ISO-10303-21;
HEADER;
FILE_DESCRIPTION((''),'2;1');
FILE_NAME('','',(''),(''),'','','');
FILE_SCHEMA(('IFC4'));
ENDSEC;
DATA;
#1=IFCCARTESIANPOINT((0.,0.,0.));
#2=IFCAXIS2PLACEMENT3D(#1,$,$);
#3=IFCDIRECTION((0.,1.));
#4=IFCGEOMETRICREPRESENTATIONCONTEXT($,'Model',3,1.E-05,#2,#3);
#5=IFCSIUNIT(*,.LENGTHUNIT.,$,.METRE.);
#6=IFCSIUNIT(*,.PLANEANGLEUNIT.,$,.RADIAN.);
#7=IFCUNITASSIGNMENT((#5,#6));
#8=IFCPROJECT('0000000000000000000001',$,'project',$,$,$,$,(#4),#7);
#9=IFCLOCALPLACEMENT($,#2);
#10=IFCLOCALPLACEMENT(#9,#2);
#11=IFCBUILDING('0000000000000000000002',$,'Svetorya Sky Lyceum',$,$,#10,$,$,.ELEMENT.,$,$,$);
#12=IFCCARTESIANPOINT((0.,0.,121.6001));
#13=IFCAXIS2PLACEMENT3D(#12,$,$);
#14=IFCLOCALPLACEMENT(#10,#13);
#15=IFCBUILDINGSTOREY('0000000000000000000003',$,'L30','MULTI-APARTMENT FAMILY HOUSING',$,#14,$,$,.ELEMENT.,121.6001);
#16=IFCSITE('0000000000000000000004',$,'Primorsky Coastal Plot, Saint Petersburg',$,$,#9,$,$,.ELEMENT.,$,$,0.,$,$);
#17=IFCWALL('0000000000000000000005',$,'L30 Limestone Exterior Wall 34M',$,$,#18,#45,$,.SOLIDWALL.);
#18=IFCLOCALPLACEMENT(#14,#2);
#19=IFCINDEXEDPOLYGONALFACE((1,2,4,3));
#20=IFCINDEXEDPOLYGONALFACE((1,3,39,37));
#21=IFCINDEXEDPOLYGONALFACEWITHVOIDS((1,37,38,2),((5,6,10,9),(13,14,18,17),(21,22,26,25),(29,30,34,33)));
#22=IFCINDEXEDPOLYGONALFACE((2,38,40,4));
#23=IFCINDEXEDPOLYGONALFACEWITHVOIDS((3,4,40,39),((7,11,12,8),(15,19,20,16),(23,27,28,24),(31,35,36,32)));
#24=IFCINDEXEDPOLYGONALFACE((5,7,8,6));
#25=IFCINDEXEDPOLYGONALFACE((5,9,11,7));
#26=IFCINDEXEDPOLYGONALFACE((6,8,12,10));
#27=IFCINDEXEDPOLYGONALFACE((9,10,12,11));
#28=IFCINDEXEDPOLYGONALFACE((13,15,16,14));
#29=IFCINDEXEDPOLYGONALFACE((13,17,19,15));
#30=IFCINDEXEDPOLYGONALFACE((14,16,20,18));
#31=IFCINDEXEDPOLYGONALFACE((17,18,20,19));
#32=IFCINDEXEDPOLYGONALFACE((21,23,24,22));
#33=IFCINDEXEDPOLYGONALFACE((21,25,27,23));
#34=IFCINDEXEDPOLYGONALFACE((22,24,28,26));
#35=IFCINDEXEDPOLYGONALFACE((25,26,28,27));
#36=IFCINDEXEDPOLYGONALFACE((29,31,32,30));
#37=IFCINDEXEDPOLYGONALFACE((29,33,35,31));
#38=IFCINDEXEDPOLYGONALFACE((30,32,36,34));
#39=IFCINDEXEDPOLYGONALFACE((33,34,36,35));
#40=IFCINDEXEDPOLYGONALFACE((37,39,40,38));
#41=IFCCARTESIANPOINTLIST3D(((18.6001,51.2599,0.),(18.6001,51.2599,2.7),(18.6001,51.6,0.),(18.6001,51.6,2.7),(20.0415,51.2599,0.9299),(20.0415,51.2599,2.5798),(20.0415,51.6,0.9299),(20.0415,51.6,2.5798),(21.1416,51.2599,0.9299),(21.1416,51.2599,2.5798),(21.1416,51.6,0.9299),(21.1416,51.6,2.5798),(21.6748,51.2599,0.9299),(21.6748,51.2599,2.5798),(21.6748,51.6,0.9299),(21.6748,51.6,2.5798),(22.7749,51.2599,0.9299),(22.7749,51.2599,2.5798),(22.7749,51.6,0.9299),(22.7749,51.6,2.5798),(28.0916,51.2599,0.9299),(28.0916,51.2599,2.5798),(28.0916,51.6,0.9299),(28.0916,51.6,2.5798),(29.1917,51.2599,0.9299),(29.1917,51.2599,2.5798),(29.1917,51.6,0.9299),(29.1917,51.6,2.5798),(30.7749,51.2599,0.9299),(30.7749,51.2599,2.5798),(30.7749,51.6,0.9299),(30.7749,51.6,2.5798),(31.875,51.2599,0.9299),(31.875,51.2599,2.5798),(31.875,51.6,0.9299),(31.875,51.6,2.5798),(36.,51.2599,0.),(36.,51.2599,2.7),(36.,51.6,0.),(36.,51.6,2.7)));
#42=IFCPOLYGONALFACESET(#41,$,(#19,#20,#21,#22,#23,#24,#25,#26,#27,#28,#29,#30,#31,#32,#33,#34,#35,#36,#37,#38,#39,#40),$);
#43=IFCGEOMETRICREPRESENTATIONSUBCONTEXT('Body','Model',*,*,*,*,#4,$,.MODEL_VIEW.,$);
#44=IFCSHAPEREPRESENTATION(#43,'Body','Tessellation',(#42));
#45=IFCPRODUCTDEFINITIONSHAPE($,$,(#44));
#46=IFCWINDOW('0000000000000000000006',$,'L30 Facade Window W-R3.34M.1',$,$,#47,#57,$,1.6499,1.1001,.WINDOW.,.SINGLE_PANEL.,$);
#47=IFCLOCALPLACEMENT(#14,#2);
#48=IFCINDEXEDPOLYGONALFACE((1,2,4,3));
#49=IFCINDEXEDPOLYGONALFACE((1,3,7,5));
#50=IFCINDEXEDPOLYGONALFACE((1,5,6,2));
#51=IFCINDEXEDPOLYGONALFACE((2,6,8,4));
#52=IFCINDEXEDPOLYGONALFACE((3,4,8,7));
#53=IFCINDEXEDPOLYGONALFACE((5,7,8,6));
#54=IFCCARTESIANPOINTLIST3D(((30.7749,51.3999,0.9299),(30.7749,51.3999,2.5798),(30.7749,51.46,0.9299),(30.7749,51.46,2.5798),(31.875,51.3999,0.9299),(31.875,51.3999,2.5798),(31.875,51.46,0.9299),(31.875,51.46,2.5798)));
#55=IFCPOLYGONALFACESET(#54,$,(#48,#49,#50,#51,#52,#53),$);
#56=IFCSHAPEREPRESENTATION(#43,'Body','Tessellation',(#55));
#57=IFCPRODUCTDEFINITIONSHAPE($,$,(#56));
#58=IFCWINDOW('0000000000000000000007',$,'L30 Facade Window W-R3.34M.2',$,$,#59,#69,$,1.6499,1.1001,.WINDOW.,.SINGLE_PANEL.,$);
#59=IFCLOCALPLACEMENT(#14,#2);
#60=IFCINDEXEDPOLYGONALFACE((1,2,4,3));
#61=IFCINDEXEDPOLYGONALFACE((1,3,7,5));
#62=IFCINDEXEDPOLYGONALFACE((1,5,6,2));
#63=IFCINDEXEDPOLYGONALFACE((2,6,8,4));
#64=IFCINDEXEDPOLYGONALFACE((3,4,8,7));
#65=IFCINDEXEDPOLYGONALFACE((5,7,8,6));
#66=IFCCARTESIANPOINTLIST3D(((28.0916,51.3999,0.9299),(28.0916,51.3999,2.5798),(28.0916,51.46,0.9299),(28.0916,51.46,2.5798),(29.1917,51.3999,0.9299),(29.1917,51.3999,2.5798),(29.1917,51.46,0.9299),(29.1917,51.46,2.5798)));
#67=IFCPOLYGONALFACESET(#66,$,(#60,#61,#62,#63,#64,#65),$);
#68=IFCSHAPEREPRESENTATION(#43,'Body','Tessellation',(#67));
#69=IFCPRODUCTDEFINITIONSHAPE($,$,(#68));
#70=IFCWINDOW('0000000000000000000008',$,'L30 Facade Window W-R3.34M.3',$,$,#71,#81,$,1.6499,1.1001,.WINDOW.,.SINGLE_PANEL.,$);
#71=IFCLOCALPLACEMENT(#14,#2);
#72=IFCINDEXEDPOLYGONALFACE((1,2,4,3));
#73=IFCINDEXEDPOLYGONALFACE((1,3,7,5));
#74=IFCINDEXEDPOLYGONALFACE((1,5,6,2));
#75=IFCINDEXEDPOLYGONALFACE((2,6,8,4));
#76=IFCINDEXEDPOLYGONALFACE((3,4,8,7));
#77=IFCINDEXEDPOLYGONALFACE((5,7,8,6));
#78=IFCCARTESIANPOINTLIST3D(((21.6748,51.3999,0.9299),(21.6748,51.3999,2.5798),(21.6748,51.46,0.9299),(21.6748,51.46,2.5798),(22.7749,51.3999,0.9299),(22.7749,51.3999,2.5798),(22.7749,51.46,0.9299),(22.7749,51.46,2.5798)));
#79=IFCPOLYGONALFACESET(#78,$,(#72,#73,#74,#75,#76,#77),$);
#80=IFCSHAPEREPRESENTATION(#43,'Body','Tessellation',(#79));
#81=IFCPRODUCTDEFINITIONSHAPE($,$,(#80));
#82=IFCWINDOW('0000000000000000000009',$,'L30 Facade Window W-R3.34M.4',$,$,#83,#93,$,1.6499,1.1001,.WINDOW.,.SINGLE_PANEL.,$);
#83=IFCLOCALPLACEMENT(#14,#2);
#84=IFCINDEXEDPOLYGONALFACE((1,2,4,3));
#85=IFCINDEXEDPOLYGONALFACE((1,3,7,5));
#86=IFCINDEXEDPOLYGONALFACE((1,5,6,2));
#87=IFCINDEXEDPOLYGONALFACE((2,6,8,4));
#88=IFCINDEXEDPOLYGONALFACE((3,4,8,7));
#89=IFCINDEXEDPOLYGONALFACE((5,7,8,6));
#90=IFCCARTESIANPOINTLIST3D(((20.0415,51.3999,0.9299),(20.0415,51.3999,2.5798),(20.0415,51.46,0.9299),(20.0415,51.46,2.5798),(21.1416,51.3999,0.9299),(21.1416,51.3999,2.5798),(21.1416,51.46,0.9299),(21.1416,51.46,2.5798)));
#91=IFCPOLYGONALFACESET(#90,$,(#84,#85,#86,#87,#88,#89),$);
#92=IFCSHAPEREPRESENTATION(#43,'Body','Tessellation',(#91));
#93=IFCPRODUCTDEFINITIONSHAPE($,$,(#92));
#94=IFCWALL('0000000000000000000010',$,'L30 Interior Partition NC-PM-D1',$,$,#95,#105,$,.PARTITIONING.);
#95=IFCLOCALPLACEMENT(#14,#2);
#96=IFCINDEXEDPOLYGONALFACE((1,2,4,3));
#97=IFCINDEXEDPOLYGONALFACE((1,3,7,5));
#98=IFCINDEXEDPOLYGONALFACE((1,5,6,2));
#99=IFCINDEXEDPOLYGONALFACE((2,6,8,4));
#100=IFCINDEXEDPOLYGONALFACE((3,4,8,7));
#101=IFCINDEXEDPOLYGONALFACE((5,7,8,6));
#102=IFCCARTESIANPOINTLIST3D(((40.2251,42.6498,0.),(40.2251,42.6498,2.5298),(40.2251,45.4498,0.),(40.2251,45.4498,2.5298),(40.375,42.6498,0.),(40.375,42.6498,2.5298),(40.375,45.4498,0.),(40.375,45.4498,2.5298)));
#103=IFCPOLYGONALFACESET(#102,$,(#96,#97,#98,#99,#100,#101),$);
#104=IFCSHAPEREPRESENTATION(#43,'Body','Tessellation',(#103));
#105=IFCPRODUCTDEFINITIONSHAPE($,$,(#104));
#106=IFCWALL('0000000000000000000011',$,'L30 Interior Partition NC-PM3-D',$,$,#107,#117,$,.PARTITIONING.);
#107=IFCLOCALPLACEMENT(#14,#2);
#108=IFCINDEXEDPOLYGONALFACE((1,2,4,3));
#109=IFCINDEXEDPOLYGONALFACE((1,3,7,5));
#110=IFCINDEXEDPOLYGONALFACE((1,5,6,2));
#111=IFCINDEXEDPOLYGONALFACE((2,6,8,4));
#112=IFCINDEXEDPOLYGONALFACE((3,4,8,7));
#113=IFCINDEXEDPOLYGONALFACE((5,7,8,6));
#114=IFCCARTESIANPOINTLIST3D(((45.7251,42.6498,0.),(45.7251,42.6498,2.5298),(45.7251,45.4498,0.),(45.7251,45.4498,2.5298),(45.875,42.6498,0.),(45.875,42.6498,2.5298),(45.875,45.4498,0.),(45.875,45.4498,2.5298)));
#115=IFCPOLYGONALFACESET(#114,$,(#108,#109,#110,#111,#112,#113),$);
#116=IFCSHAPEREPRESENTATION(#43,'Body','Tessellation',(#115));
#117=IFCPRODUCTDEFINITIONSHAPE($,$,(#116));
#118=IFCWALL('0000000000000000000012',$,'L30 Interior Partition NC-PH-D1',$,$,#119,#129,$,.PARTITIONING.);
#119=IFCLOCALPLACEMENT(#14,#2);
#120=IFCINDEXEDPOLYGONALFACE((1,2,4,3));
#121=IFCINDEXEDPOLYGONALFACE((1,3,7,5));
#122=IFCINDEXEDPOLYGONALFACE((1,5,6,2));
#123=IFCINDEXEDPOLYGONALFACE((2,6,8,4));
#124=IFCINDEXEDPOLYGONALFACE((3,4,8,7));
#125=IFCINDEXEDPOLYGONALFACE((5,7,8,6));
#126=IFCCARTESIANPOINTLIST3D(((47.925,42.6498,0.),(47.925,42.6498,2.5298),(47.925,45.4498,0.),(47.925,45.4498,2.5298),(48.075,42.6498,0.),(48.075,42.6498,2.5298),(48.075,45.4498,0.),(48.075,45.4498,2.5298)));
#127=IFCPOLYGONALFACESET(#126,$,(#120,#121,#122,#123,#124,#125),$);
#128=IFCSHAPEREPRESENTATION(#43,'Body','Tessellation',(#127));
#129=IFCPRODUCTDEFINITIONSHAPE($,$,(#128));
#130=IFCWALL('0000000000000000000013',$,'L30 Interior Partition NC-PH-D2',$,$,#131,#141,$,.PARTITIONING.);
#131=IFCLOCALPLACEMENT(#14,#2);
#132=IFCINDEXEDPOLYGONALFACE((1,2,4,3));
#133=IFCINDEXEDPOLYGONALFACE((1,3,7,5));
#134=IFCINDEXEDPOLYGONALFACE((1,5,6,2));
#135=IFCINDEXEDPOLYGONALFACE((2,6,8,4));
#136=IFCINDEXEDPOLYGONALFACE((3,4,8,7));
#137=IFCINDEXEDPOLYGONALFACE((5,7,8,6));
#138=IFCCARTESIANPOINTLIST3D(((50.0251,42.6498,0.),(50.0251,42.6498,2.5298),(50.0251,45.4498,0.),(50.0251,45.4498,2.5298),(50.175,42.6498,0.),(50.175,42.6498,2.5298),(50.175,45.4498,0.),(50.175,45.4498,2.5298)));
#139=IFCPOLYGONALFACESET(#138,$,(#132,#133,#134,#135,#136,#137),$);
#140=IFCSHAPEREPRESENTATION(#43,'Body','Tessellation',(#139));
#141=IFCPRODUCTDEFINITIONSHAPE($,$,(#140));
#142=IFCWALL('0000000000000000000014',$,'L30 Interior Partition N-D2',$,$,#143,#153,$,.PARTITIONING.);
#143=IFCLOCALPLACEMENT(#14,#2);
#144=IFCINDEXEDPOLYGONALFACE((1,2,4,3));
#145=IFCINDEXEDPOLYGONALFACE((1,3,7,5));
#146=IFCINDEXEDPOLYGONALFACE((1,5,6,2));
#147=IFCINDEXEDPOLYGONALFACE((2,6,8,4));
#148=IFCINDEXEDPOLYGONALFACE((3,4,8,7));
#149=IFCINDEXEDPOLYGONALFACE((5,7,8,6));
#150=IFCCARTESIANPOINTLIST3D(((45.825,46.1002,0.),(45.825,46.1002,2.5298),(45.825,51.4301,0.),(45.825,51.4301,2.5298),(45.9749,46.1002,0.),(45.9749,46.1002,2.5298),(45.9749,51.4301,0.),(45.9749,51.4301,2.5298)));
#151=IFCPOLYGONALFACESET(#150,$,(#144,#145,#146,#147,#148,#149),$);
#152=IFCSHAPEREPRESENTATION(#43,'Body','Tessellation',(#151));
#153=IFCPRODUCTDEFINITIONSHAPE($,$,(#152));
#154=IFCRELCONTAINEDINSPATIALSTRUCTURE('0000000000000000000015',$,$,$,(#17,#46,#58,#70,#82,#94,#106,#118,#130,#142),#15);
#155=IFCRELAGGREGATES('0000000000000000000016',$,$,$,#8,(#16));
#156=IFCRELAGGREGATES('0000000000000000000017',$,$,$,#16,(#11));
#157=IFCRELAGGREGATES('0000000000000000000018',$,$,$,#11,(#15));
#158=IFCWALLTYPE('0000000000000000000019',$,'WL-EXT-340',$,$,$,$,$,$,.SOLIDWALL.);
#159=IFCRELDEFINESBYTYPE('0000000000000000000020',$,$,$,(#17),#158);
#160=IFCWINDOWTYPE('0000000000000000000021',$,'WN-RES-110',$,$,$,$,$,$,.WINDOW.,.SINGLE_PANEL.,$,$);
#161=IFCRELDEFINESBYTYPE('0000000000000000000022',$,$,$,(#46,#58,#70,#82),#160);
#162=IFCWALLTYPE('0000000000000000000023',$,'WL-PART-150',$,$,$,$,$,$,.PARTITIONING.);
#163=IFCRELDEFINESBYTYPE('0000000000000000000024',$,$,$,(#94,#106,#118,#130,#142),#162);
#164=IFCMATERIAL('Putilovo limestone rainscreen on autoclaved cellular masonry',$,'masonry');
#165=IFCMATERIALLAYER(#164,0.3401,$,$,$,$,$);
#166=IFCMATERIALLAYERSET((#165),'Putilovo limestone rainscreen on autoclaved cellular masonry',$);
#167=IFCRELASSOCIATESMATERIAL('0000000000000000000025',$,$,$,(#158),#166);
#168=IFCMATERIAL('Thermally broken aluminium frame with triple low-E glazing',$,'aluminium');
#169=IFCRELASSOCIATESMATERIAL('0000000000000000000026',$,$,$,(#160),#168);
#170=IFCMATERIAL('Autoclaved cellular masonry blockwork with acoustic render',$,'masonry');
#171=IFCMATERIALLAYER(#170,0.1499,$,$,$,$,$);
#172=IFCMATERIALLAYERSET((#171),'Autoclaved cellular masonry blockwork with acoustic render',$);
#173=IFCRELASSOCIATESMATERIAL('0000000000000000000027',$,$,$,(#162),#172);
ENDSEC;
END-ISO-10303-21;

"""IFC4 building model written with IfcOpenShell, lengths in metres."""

from ifc_helpers import new_model, si_unit, direction, frame, frame_2d, origin, place, context, subcontext, project, spatial, rectangle, extrude, material, layer, layer_set, type_object, element, fill, save


model = new_model("IFC4")

# Units and contexts
model_context = context("Model", 3, precision=1e-05, world=origin(), true_north=direction((0.0, 1.0)))
body_context = subcontext(model_context, "Body", "Model", "MODEL_VIEW")
ifc_project = project(units=[si_unit("LENGTHUNIT", "METRE"), si_unit("PLANEANGLEUNIT", "RADIAN")], contexts=[model_context])

# Site, building, storey
site_placement = place(None, origin())
site = spatial("IfcSite", under=ifc_project, at=site_placement, Name="Primorsky Coastal Plot, Saint Petersburg", CompositionType="ELEMENT", RefElevation=0.0)
building_placement = place(site_placement, origin())
building = spatial("IfcBuilding", under=site, at=building_placement, Name="Svetorya Sky Lyceum", CompositionType="ELEMENT")
storey_placement = place(building_placement, frame((0.0, 0.0, 121.6001)))
storey = spatial("IfcBuildingStorey", under=building, at=storey_placement, Name="L30", Description="MULTI-APARTMENT FAMILY HOUSING", CompositionType="ELEMENT", Elevation=121.6001)

# Shared definitions
ifc_material_1 = material(Name="Putilovo limestone rainscreen on autoclaved cellular masonry", Category="masonry")
ifc_layer_1 = layer(ifc_material_1, 0.3401)
ifc_layer_set_1 = layer_set([ifc_layer_1], Name="Putilovo limestone rainscreen on autoclaved cellular masonry")
wall_type_1 = type_object("IfcWallType", Name="WL-EXT-340", PredefinedType="SOLIDWALL", material=ifc_layer_set_1)

# Wall, openings, windows
wall_1_placement = place(storey_placement, frame((36.0, 51.4299, 0.0), z_axis=(0.0, 0.0, 1.0), x_axis=(-1.0, 0.0, 0.0)))
wall_1 = element("IfcWall", 1, at=wall_1_placement, inside=storey, type_object=wall_type_1, Name="L30 Limestone Exterior Wall 34M", PredefinedType="SOLIDWALL", context=body_context, shape_type="SweptSolid", body=[
    extrude(rectangle(XDim=17.3999, YDim=0.3401, at=frame_2d((8.7, 0.0))), origin(), (0.0, 0.0, 1.0), 2.7),
])
opening_1_placement = place(wall_1_placement, frame((4.125, 0.0, 0.9299)))
opening_1 = element("IfcOpeningElement", 2, at=opening_1_placement, cuts=wall_1, PredefinedType="OPENING", context=body_context, shape_type="SweptSolid", body=[
    extrude(rectangle(XDim=1.1001, YDim=1.6499, at=frame_2d((0.55, 0.825))), frame((0.0, 0.1799, 0.0), z_axis=(0.0, -1.0, 0.0), x_axis=(1.0, 0.0, 0.0)), (0.0, 0.0, 1.0), 0.3601),
])
opening_2_placement = place(wall_1_placement, frame((6.8083, 0.0, 0.9299)))
opening_2 = element("IfcOpeningElement", 3, at=opening_2_placement, cuts=wall_1, PredefinedType="OPENING", context=body_context, shape_type="SweptSolid", body=[
    extrude(rectangle(XDim=1.1001, YDim=1.6499, at=frame_2d((0.55, 0.825))), frame((0.0, 0.1799, 0.0), z_axis=(0.0, -1.0, 0.0), x_axis=(1.0, 0.0, 0.0)), (0.0, 0.0, 1.0), 0.3601),
])
opening_3_placement = place(wall_1_placement, frame((13.2251, 0.0, 0.9299)))
opening_3 = element("IfcOpeningElement", 4, at=opening_3_placement, cuts=wall_1, PredefinedType="OPENING", context=body_context, shape_type="SweptSolid", body=[
    extrude(rectangle(XDim=1.1001, YDim=1.6499, at=frame_2d((0.55, 0.825))), frame((0.0, 0.1799, 0.0), z_axis=(0.0, -1.0, 0.0), x_axis=(1.0, 0.0, 0.0)), (0.0, 0.0, 1.0), 0.3601),
])
opening_4_placement = place(wall_1_placement, frame((14.8584, 0.0, 0.9299)))
opening_4 = element("IfcOpeningElement", 5, at=opening_4_placement, cuts=wall_1, PredefinedType="OPENING", context=body_context, shape_type="SweptSolid", body=[
    extrude(rectangle(XDim=1.1001, YDim=1.6499, at=frame_2d((0.55, 0.825))), frame((0.0, 0.1799, 0.0), z_axis=(0.0, -1.0, 0.0), x_axis=(1.0, 0.0, 0.0)), (0.0, 0.0, 1.0), 0.3601),
])
ifc_material_2 = material(Name="Thermally broken aluminium frame with triple low-E glazing", Category="aluminium")
window_type = type_object("IfcWindowType", Name="WN-RES-110", PartitioningType="SINGLE_PANEL", PredefinedType="WINDOW", material=ifc_material_2)
window_1_placement = place(opening_1_placement, origin())
window_1 = element("IfcWindow", 6, at=window_1_placement, inside=storey, type_object=window_type, Name="L30 Facade Window W-R3.34M.1", OverallHeight=1.6499, OverallWidth=1.1001, PartitioningType="SINGLE_PANEL", PredefinedType="WINDOW", context=body_context, shape_type="SweptSolid", body=[
    extrude(rectangle(XDim=1.1001, YDim=1.6499, at=frame_2d((0.55, 0.825))), frame((0.0, 0.03, 0.0), z_axis=(0.0, -1.0, 0.0), x_axis=(1.0, 0.0, 0.0)), (0.0, 0.0, 1.0), 0.0601),
])
fill(opening_1, window_1)
window_2_placement = place(opening_2_placement, origin())
window_2 = element("IfcWindow", 7, at=window_2_placement, inside=storey, type_object=window_type, Name="L30 Facade Window W-R3.34M.2", OverallHeight=1.6499, OverallWidth=1.1001, PartitioningType="SINGLE_PANEL", PredefinedType="WINDOW", context=body_context, shape_type="SweptSolid", body=[
    extrude(rectangle(XDim=1.1001, YDim=1.6499, at=frame_2d((0.55, 0.825))), frame((0.0, 0.03, 0.0), z_axis=(0.0, -1.0, 0.0), x_axis=(1.0, 0.0, 0.0)), (0.0, 0.0, 1.0), 0.0601),
])
fill(opening_2, window_2)
window_3_placement = place(opening_3_placement, origin())
window_3 = element("IfcWindow", 8, at=window_3_placement, inside=storey, type_object=window_type, Name="L30 Facade Window W-R3.34M.3", OverallHeight=1.6499, OverallWidth=1.1001, PartitioningType="SINGLE_PANEL", PredefinedType="WINDOW", context=body_context, shape_type="SweptSolid", body=[
    extrude(rectangle(XDim=1.1001, YDim=1.6499, at=frame_2d((0.55, 0.825))), frame((0.0, 0.03, 0.0), z_axis=(0.0, -1.0, 0.0), x_axis=(1.0, 0.0, 0.0)), (0.0, 0.0, 1.0), 0.0601),
])
fill(opening_3, window_3)
window_4_placement = place(opening_4_placement, origin())
window_4 = element("IfcWindow", 9, at=window_4_placement, inside=storey, type_object=window_type, Name="L30 Facade Window W-R3.34M.4", OverallHeight=1.6499, OverallWidth=1.1001, PartitioningType="SINGLE_PANEL", PredefinedType="WINDOW", context=body_context, shape_type="SweptSolid", body=[
    extrude(rectangle(XDim=1.1001, YDim=1.6499, at=frame_2d((0.55, 0.825))), frame((0.0, 0.03, 0.0), z_axis=(0.0, -1.0, 0.0), x_axis=(1.0, 0.0, 0.0)), (0.0, 0.0, 1.0), 0.0601),
])
fill(opening_4, window_4)

# Walls
ifc_material_3 = material(Name="Autoclaved cellular masonry blockwork with acoustic render", Category="masonry")
ifc_layer_2 = layer(ifc_material_3, 0.1499)
ifc_layer_set_2 = layer_set([ifc_layer_2], Name="Autoclaved cellular masonry blockwork with acoustic render")
wall_type_2 = type_object("IfcWallType", Name="WL-PART-150", PredefinedType="PARTITIONING", material=ifc_layer_set_2)
for number, where, z_axis, x_axis, name in (
    (10, (40.3, 42.6499, 0.0), (0.0, 0.0, 1.0), (0.0, 1.0, 0.0), "L30 Interior Partition NC-PM-D1"),
    (11, (45.8, 42.6499, 0.0), (0.0, 0.0, 1.0), (0.0, 1.0, 0.0), "L30 Interior Partition NC-PM3-D"),
    (12, (48.0, 42.6499, 0.0), (0.0, 0.0, 1.0), (0.0, 1.0, 0.0), "L30 Interior Partition NC-PH-D1"),
    (13, (50.1001, 42.6499, 0.0), (0.0, 0.0, 1.0), (0.0, 1.0, 0.0), "L30 Interior Partition NC-PH-D2"),
):
    element("IfcWall", number, at=place(storey_placement, frame(where, z_axis=z_axis, x_axis=x_axis)), inside=storey, type_object=wall_type_2, Name=name, PredefinedType="PARTITIONING", context=body_context, shape_type="SweptSolid", body=[
        extrude(rectangle(XDim=2.8, YDim=0.1499, at=frame_2d((1.3999, 0.0))), origin(), (0.0, 0.0, 1.0), 2.5298),
    ])
wall_2_placement = place(storey_placement, frame((45.8999, 46.1001, 0.0), z_axis=(0.0, 0.0, 1.0), x_axis=(0.0, 1.0, 0.0)))
element("IfcWall", 14, at=wall_2_placement, inside=storey, type_object=wall_type_2, Name="L30 Interior Partition N-D2", PredefinedType="PARTITIONING", context=body_context, shape_type="SweptSolid", body=[
    extrude(rectangle(XDim=5.3298, YDim=0.1499, at=frame_2d((2.665, 0.0))), origin(), (0.0, 0.0, 1.0), 2.5298),
])

save(model, "model.ifc")
